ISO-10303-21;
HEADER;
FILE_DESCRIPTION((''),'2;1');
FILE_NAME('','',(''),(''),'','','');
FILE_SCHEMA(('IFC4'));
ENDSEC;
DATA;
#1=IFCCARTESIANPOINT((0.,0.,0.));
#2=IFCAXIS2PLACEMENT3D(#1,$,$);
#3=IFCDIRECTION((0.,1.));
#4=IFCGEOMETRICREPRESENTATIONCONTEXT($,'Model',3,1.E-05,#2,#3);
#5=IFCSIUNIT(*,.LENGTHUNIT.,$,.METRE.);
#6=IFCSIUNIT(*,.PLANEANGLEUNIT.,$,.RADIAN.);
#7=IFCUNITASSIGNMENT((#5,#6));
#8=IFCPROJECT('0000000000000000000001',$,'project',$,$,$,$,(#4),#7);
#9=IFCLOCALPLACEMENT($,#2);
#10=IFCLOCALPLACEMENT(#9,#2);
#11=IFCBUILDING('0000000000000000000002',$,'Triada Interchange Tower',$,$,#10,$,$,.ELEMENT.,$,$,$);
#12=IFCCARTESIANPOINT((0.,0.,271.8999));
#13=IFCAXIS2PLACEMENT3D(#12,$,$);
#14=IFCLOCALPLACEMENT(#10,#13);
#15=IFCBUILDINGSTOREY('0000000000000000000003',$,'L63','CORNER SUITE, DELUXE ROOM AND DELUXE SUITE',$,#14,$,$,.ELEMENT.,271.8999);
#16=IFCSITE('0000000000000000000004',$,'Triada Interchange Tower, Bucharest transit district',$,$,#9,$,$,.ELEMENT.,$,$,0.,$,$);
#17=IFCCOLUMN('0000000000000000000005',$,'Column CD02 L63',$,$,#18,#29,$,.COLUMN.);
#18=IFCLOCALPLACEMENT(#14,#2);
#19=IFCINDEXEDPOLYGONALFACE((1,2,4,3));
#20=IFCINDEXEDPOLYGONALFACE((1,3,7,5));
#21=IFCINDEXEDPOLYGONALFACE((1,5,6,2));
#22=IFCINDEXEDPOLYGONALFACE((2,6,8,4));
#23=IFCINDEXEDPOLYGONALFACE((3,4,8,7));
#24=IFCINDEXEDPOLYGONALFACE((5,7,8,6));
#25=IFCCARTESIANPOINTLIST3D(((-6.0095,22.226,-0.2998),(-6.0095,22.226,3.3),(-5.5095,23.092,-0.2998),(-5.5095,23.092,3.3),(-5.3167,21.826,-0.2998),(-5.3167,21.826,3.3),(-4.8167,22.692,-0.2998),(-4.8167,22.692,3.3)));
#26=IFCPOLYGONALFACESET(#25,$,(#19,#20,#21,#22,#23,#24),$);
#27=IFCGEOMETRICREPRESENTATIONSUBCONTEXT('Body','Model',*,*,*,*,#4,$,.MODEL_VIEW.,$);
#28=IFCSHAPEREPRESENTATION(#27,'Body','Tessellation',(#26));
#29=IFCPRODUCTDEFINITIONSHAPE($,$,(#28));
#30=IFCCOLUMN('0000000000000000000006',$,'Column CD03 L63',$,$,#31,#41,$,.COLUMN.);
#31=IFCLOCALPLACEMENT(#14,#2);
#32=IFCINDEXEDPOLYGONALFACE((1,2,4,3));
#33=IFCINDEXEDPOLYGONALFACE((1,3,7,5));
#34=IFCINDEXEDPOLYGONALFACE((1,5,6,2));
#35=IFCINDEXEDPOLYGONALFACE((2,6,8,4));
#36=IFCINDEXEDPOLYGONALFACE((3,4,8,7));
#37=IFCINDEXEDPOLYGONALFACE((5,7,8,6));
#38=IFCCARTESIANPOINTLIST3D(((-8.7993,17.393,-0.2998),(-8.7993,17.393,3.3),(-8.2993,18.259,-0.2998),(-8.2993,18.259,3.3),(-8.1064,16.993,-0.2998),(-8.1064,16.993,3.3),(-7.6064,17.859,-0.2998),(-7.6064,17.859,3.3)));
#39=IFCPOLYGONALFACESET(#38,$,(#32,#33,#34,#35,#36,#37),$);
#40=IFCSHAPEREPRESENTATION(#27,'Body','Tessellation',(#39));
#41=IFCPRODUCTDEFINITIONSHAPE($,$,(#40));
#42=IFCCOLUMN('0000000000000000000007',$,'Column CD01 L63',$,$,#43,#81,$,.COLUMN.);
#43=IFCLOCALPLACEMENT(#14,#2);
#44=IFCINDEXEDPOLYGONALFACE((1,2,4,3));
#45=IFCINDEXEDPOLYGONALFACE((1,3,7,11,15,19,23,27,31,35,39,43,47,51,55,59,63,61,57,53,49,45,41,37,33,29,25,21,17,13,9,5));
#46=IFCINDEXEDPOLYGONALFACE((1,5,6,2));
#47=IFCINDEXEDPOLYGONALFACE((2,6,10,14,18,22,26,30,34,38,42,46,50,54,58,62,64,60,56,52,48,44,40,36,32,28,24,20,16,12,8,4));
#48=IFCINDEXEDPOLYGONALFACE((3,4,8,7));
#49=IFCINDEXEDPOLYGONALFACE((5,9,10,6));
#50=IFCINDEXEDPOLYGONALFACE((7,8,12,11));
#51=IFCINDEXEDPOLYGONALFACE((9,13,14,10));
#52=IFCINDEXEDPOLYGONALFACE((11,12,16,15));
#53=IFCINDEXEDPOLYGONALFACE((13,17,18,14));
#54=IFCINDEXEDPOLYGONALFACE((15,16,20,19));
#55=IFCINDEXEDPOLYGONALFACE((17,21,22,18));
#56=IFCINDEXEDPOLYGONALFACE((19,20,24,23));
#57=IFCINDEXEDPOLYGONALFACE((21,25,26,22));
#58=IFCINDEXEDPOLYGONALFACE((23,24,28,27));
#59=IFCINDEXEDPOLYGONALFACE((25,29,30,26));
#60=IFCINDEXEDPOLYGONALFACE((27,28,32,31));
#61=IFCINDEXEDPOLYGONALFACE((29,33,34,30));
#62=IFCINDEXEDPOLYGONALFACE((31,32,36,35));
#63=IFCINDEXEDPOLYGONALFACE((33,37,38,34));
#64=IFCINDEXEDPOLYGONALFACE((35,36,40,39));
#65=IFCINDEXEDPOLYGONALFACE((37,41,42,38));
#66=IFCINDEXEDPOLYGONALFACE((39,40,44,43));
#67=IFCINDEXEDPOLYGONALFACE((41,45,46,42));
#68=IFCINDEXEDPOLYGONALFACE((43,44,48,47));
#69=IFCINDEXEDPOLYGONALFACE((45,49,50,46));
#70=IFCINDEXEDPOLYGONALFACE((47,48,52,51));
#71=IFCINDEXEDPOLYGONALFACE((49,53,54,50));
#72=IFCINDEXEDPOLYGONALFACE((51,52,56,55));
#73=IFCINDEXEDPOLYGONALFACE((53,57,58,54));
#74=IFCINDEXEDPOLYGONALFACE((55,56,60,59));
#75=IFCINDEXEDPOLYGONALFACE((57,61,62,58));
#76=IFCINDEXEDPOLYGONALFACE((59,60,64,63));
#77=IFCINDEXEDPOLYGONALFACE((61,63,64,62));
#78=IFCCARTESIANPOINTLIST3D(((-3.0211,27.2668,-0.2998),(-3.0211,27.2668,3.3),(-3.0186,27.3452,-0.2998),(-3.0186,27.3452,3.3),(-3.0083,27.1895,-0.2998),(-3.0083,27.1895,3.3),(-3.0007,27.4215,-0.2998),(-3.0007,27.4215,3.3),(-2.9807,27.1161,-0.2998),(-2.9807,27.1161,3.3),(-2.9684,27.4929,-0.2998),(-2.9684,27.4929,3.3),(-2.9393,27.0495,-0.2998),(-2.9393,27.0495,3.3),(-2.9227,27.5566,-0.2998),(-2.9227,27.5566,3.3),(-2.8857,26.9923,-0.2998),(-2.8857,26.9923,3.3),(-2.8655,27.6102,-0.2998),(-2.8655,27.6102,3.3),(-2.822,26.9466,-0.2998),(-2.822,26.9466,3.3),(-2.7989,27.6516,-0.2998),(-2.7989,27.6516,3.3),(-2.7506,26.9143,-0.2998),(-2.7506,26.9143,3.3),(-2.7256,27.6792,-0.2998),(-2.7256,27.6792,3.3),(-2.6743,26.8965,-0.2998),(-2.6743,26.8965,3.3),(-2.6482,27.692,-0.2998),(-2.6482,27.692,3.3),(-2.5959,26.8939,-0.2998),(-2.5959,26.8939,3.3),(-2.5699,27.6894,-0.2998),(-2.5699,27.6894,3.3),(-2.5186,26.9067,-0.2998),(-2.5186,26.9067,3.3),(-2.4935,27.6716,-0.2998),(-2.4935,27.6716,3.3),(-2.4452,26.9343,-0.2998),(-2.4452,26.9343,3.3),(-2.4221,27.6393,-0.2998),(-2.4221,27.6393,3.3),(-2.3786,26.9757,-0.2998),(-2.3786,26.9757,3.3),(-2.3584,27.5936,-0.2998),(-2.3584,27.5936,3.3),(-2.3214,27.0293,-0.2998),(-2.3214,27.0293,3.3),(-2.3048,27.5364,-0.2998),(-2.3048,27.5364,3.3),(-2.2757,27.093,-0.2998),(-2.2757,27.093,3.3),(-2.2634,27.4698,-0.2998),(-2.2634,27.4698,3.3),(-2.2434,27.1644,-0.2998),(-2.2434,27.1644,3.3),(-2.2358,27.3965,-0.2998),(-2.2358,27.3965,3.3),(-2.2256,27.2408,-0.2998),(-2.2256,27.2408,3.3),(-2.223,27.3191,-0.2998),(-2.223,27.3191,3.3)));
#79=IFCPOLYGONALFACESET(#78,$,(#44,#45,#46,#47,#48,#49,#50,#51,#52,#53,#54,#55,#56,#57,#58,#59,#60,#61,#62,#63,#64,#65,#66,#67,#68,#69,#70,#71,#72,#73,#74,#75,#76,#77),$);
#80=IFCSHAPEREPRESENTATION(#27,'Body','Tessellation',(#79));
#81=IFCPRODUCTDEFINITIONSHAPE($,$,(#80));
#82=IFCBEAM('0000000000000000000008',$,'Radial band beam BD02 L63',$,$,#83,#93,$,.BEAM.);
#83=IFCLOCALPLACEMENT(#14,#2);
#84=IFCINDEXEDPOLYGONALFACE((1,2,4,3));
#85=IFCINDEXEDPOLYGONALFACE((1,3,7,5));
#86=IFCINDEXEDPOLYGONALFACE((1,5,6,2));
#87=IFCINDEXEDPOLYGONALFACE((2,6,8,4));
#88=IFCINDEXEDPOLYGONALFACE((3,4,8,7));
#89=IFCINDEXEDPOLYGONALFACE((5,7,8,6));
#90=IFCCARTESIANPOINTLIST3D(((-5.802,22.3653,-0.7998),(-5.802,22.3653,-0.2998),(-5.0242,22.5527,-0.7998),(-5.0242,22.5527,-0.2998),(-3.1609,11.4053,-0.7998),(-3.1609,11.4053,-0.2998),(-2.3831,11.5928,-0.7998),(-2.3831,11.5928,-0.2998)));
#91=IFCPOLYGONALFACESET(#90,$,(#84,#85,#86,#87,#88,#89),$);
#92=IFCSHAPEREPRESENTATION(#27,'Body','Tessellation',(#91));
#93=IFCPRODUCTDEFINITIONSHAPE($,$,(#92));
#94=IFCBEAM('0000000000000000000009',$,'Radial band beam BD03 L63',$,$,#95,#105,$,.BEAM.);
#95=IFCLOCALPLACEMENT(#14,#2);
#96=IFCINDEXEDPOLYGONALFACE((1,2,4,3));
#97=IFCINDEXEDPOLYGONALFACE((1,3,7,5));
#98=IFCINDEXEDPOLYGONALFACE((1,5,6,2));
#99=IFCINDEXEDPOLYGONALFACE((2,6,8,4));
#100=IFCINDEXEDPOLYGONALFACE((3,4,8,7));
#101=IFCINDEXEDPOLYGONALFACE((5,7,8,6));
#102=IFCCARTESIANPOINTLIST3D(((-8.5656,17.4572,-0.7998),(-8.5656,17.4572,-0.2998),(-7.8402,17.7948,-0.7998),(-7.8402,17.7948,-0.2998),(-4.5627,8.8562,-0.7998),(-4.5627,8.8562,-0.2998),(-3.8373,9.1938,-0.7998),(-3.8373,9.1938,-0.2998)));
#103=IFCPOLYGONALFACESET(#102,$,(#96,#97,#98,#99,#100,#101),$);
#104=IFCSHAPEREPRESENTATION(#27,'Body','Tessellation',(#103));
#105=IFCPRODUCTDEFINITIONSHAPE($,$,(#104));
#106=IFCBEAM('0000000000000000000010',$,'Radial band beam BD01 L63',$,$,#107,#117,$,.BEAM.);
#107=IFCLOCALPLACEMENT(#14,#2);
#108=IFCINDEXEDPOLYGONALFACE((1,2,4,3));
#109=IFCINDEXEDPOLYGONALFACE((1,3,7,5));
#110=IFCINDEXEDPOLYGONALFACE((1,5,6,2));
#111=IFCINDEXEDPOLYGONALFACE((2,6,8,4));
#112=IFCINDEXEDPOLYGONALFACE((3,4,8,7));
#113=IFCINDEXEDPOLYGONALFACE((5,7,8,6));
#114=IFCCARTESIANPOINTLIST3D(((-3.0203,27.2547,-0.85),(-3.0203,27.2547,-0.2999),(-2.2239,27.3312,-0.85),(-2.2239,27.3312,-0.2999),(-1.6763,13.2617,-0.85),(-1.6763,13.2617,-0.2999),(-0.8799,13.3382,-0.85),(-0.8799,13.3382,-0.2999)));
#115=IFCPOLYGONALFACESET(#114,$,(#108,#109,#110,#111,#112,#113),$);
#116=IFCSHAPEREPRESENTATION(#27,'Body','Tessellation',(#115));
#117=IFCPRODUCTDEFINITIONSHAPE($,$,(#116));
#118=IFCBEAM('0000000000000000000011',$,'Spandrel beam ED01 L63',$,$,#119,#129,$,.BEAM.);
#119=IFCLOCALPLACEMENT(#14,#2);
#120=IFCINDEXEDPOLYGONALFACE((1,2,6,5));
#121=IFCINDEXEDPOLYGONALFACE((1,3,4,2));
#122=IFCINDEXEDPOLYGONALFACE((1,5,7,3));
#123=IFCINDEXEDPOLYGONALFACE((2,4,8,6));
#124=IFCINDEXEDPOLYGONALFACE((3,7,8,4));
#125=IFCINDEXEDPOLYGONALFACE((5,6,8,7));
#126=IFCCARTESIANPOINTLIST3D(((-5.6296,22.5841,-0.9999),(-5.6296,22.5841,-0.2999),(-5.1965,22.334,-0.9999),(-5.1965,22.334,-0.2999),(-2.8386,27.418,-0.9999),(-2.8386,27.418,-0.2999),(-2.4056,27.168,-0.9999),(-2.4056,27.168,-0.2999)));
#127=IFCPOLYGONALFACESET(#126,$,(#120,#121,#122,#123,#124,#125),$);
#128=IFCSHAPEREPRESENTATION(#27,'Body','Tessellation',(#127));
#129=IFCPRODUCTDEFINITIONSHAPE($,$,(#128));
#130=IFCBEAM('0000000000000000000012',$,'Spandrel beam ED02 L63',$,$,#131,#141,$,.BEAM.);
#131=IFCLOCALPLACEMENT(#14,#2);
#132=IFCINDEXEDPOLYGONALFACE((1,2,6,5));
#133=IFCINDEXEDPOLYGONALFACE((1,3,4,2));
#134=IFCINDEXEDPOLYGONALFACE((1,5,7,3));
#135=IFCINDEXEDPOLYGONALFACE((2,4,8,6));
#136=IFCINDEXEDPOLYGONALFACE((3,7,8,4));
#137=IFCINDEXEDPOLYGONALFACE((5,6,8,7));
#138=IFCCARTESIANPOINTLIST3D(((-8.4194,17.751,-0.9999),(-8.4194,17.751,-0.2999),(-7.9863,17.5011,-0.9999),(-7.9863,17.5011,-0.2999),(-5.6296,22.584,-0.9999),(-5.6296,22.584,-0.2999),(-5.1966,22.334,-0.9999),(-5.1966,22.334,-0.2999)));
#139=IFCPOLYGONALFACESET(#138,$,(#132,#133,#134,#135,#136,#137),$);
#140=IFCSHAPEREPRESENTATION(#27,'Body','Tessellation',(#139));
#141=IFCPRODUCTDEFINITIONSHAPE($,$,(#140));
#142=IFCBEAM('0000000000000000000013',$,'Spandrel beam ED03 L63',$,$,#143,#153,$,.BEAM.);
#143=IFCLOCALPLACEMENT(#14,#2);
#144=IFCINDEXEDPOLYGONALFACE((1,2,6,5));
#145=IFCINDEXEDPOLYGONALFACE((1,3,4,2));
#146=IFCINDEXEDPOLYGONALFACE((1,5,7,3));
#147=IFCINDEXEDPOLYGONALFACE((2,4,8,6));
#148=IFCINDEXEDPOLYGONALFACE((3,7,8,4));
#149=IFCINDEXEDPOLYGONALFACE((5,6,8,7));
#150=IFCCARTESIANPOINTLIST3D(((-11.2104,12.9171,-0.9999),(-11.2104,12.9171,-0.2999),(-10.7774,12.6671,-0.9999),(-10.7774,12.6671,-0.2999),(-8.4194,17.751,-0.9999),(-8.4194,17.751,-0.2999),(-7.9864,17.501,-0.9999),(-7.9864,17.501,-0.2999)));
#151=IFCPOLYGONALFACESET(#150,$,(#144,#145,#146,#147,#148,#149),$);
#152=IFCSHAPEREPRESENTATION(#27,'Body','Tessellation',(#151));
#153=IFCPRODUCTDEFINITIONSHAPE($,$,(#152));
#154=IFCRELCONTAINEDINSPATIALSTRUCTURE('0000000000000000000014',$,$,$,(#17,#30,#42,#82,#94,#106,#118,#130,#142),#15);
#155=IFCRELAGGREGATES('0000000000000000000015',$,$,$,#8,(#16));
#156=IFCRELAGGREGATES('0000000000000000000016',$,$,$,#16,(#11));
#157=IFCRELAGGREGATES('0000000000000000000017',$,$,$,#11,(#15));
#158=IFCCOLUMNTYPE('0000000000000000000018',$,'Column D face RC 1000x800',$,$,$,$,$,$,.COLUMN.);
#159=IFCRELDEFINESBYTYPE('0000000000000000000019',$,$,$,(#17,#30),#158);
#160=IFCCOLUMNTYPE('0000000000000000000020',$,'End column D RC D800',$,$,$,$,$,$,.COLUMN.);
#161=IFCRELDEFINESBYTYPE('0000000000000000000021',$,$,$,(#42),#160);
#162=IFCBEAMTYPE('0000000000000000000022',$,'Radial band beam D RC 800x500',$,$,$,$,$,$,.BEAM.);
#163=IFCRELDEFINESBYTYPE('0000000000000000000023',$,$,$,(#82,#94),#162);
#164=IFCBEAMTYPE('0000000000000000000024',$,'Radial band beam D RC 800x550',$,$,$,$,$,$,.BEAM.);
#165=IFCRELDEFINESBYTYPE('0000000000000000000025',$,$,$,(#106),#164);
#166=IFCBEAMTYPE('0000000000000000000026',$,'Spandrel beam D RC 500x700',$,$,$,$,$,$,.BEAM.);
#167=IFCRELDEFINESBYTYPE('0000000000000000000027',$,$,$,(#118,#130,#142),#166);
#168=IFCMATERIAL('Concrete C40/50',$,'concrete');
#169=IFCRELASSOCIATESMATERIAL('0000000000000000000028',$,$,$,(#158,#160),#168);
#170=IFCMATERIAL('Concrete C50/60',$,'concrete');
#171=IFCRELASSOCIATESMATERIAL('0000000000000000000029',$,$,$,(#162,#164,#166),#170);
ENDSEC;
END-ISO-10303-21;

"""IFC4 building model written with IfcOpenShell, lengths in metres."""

from ifc_helpers import new_model, si_unit, direction, frame, origin, origin_2d, place, context, subcontext, project, spatial, rectangle, circle, extrude, material, material_profile, profile_set, type_object, element, save


model = new_model("IFC4")

# Units and contexts
model_context = context("Model", 3, precision=1e-05, world=origin(), true_north=direction((0.0, 1.0)))
body_context = subcontext(model_context, "Body", "Model", "MODEL_VIEW")
ifc_project = project(units=[si_unit("LENGTHUNIT", "METRE"), si_unit("PLANEANGLEUNIT", "RADIAN")], contexts=[model_context])

# Site, building, storey
site_placement = place(None, origin())
site = spatial("IfcSite", under=ifc_project, at=site_placement, Name="Triada Interchange Tower, Bucharest transit district", CompositionType="ELEMENT", RefElevation=0.0)
building_placement = place(site_placement, origin())
building = spatial("IfcBuilding", under=site, at=building_placement, Name="Triada Interchange Tower", CompositionType="ELEMENT")
storey_placement = place(building_placement, frame((0.0, 0.0, 271.8999)))
storey = spatial("IfcBuildingStorey", under=building, at=storey_placement, Name="L63", Description="CORNER SUITE, DELUXE ROOM AND DELUXE SUITE", CompositionType="ELEMENT", Elevation=271.8999)

# Columns
ifc_material_1 = material(Name="Concrete C40/50", Category="concrete")
ifc_material_profile_1 = material_profile(ifc_material_1, rectangle(XDim=1.0, YDim=0.8, at=origin_2d()), Name="RC 1000x800")
ifc_profile_set_1 = profile_set([ifc_material_profile_1], Name="Concrete C40/50")
column_type_1 = type_object("IfcColumnType", Name="Column D face RC 1000x800", PredefinedType="COLUMN", material=ifc_profile_set_1)
for number, where, z_axis, x_axis, name in (
    (1, (-5.4131, 22.459, -0.2998), (0.0, 0.0, 1.0), (0.5, 0.866025, 0.0), "Column CD02 L63"),
    (2, (-8.2029, 17.626, -0.2998), (0.0, 0.0, 1.0), (0.5, 0.866025, 0.0), "Column CD03 L63"),
):
    element("IfcColumn", number, at=place(storey_placement, frame(where, z_axis=z_axis, x_axis=x_axis)), inside=storey, type_object=column_type_1, Name=name, PredefinedType="COLUMN", context=body_context, shape_type="SweptSolid", body=[
        extrude(rectangle(XDim=1.0, YDim=0.8, at=origin_2d()), origin(), (0.0, 0.0, 1.0), 3.5999),
    ])
ifc_material_profile_2 = material_profile(ifc_material_1, circle(Radius=0.3999, at=origin_2d()), Name="RC D800")
ifc_profile_set_2 = profile_set([ifc_material_profile_2], Name="Concrete C40/50")
column_type_2 = type_object("IfcColumnType", Name="End column D RC D800", PredefinedType="COLUMN", material=ifc_profile_set_2)
column_placement = place(storey_placement, frame((-2.6221, 27.293, -0.2998), z_axis=(0.0, 0.0, 1.0), x_axis=(0.5, 0.866025, 0.0)))
element("IfcColumn", 3, at=column_placement, inside=storey, type_object=column_type_2, Name="Column CD01 L63", PredefinedType="COLUMN", context=body_context, shape_type="SweptSolid", body=[
    extrude(circle(Radius=0.3999, at=origin_2d()), origin(), (0.0, 0.0, 1.0), 3.5999),
])

# Beams
ifc_material_2 = material(Name="Concrete C50/60", Category="concrete")
ifc_material_profile_3 = material_profile(ifc_material_2, rectangle(XDim=0.8, YDim=0.5, at=origin_2d()), Name="RC 800x500")
ifc_profile_set_3 = profile_set([ifc_material_profile_3], Name="Concrete C50/60")
beam_type_1 = type_object("IfcBeamType", Name="Radial band beam D RC 800x500", PredefinedType="BEAM", material=ifc_profile_set_3)
beam_1_placement = place(storey_placement, frame((-5.4131, 22.459, -0.5498), z_axis=(0.234272, -0.972171, 0.0), x_axis=(0.972171, 0.234272, 0.0)))
element("IfcBeam", 4, at=beam_1_placement, inside=storey, type_object=beam_type_1, Name="Radial band beam BD02 L63", PredefinedType="BEAM", context=body_context, shape_type="SweptSolid", body=[
    extrude(rectangle(XDim=0.8, YDim=0.5, at=origin_2d()), origin(), (0.0, 0.0, 1.0), 11.2737),
])
beam_2_placement = place(storey_placement, frame((-8.2029, 17.626, -0.5498), z_axis=(0.421941, -0.906623, 0.0), x_axis=(0.906623, 0.421941, 0.0)))
element("IfcBeam", 5, at=beam_2_placement, inside=storey, type_object=beam_type_1, Name="Radial band beam BD03 L63", PredefinedType="BEAM", context=body_context, shape_type="SweptSolid", body=[
    extrude(rectangle(XDim=0.8, YDim=0.5, at=origin_2d()), origin(), (0.0, 0.0, 1.0), 9.4868),
])
ifc_material_profile_4 = material_profile(ifc_material_2, rectangle(XDim=0.8, YDim=0.55, at=origin_2d()), Name="RC 800x550")
ifc_profile_set_4 = profile_set([ifc_material_profile_4], Name="Concrete C50/60")
beam_type_2 = type_object("IfcBeamType", Name="Radial band beam D RC 800x550", PredefinedType="BEAM", material=ifc_profile_set_4)
beam_3_placement = place(storey_placement, frame((-2.6221, 27.293, -0.575), z_axis=(0.095608, -0.995419, 0.0), x_axis=(0.995419, 0.095608, 0.0)))
element("IfcBeam", 6, at=beam_3_placement, inside=storey, type_object=beam_type_2, Name="Radial band beam BD01 L63", PredefinedType="BEAM", context=body_context, shape_type="SweptSolid", body=[
    extrude(rectangle(XDim=0.8, YDim=0.55, at=origin_2d()), origin(), (0.0, 0.0, 1.0), 14.0574),
])
ifc_material_profile_5 = material_profile(ifc_material_2, rectangle(XDim=0.5, YDim=0.7, at=origin_2d()), Name="RC 500x700")
ifc_profile_set_5 = profile_set([ifc_material_profile_5], Name="Concrete C50/60")
beam_type_3 = type_object("IfcBeamType", Name="Spandrel beam D RC 500x700", PredefinedType="BEAM", material=ifc_profile_set_5)
beam_4_placement = place(storey_placement, frame((-2.6221, 27.293, -0.6499), z_axis=(-0.500015, -0.866017, 0.0), x_axis=(0.866017, -0.500015, 0.0)))
element("IfcBeam", 7, at=beam_4_placement, inside=storey, type_object=beam_type_3, Name="Spandrel beam ED01 L63", PredefinedType="BEAM", context=body_context, shape_type="SweptSolid", body=[
    extrude(rectangle(XDim=0.5, YDim=0.7, at=origin_2d()), origin(), (0.0, 0.0, 1.0), 5.5818),
])
beam_5_placement = place(storey_placement, frame((-5.4131, 22.459, -0.6499), z_axis=(-0.499927, -0.866068, 0.0), x_axis=(0.866068, -0.499927, 0.0)))
element("IfcBeam", 8, at=beam_5_placement, inside=storey, type_object=beam_type_3, Name="Spandrel beam ED02 L63", PredefinedType="BEAM", context=body_context, shape_type="SweptSolid", body=[
    extrude(rectangle(XDim=0.5, YDim=0.7, at=origin_2d()), origin(), (0.0, 0.0, 1.0), 5.5803),
])
beam_6_placement = place(storey_placement, frame((-8.2029, 17.626, -0.6499), z_axis=(-0.500015, -0.866017, 0.0), x_axis=(0.866017, -0.500015, 0.0)))
element("IfcBeam", 9, at=beam_6_placement, inside=storey, type_object=beam_type_3, Name="Spandrel beam ED03 L63", PredefinedType="BEAM", context=body_context, shape_type="SweptSolid", body=[
    extrude(rectangle(XDim=0.5, YDim=0.7, at=origin_2d()), origin(), (0.0, 0.0, 1.0), 5.5818),
])

save(model, "model.ifc")
